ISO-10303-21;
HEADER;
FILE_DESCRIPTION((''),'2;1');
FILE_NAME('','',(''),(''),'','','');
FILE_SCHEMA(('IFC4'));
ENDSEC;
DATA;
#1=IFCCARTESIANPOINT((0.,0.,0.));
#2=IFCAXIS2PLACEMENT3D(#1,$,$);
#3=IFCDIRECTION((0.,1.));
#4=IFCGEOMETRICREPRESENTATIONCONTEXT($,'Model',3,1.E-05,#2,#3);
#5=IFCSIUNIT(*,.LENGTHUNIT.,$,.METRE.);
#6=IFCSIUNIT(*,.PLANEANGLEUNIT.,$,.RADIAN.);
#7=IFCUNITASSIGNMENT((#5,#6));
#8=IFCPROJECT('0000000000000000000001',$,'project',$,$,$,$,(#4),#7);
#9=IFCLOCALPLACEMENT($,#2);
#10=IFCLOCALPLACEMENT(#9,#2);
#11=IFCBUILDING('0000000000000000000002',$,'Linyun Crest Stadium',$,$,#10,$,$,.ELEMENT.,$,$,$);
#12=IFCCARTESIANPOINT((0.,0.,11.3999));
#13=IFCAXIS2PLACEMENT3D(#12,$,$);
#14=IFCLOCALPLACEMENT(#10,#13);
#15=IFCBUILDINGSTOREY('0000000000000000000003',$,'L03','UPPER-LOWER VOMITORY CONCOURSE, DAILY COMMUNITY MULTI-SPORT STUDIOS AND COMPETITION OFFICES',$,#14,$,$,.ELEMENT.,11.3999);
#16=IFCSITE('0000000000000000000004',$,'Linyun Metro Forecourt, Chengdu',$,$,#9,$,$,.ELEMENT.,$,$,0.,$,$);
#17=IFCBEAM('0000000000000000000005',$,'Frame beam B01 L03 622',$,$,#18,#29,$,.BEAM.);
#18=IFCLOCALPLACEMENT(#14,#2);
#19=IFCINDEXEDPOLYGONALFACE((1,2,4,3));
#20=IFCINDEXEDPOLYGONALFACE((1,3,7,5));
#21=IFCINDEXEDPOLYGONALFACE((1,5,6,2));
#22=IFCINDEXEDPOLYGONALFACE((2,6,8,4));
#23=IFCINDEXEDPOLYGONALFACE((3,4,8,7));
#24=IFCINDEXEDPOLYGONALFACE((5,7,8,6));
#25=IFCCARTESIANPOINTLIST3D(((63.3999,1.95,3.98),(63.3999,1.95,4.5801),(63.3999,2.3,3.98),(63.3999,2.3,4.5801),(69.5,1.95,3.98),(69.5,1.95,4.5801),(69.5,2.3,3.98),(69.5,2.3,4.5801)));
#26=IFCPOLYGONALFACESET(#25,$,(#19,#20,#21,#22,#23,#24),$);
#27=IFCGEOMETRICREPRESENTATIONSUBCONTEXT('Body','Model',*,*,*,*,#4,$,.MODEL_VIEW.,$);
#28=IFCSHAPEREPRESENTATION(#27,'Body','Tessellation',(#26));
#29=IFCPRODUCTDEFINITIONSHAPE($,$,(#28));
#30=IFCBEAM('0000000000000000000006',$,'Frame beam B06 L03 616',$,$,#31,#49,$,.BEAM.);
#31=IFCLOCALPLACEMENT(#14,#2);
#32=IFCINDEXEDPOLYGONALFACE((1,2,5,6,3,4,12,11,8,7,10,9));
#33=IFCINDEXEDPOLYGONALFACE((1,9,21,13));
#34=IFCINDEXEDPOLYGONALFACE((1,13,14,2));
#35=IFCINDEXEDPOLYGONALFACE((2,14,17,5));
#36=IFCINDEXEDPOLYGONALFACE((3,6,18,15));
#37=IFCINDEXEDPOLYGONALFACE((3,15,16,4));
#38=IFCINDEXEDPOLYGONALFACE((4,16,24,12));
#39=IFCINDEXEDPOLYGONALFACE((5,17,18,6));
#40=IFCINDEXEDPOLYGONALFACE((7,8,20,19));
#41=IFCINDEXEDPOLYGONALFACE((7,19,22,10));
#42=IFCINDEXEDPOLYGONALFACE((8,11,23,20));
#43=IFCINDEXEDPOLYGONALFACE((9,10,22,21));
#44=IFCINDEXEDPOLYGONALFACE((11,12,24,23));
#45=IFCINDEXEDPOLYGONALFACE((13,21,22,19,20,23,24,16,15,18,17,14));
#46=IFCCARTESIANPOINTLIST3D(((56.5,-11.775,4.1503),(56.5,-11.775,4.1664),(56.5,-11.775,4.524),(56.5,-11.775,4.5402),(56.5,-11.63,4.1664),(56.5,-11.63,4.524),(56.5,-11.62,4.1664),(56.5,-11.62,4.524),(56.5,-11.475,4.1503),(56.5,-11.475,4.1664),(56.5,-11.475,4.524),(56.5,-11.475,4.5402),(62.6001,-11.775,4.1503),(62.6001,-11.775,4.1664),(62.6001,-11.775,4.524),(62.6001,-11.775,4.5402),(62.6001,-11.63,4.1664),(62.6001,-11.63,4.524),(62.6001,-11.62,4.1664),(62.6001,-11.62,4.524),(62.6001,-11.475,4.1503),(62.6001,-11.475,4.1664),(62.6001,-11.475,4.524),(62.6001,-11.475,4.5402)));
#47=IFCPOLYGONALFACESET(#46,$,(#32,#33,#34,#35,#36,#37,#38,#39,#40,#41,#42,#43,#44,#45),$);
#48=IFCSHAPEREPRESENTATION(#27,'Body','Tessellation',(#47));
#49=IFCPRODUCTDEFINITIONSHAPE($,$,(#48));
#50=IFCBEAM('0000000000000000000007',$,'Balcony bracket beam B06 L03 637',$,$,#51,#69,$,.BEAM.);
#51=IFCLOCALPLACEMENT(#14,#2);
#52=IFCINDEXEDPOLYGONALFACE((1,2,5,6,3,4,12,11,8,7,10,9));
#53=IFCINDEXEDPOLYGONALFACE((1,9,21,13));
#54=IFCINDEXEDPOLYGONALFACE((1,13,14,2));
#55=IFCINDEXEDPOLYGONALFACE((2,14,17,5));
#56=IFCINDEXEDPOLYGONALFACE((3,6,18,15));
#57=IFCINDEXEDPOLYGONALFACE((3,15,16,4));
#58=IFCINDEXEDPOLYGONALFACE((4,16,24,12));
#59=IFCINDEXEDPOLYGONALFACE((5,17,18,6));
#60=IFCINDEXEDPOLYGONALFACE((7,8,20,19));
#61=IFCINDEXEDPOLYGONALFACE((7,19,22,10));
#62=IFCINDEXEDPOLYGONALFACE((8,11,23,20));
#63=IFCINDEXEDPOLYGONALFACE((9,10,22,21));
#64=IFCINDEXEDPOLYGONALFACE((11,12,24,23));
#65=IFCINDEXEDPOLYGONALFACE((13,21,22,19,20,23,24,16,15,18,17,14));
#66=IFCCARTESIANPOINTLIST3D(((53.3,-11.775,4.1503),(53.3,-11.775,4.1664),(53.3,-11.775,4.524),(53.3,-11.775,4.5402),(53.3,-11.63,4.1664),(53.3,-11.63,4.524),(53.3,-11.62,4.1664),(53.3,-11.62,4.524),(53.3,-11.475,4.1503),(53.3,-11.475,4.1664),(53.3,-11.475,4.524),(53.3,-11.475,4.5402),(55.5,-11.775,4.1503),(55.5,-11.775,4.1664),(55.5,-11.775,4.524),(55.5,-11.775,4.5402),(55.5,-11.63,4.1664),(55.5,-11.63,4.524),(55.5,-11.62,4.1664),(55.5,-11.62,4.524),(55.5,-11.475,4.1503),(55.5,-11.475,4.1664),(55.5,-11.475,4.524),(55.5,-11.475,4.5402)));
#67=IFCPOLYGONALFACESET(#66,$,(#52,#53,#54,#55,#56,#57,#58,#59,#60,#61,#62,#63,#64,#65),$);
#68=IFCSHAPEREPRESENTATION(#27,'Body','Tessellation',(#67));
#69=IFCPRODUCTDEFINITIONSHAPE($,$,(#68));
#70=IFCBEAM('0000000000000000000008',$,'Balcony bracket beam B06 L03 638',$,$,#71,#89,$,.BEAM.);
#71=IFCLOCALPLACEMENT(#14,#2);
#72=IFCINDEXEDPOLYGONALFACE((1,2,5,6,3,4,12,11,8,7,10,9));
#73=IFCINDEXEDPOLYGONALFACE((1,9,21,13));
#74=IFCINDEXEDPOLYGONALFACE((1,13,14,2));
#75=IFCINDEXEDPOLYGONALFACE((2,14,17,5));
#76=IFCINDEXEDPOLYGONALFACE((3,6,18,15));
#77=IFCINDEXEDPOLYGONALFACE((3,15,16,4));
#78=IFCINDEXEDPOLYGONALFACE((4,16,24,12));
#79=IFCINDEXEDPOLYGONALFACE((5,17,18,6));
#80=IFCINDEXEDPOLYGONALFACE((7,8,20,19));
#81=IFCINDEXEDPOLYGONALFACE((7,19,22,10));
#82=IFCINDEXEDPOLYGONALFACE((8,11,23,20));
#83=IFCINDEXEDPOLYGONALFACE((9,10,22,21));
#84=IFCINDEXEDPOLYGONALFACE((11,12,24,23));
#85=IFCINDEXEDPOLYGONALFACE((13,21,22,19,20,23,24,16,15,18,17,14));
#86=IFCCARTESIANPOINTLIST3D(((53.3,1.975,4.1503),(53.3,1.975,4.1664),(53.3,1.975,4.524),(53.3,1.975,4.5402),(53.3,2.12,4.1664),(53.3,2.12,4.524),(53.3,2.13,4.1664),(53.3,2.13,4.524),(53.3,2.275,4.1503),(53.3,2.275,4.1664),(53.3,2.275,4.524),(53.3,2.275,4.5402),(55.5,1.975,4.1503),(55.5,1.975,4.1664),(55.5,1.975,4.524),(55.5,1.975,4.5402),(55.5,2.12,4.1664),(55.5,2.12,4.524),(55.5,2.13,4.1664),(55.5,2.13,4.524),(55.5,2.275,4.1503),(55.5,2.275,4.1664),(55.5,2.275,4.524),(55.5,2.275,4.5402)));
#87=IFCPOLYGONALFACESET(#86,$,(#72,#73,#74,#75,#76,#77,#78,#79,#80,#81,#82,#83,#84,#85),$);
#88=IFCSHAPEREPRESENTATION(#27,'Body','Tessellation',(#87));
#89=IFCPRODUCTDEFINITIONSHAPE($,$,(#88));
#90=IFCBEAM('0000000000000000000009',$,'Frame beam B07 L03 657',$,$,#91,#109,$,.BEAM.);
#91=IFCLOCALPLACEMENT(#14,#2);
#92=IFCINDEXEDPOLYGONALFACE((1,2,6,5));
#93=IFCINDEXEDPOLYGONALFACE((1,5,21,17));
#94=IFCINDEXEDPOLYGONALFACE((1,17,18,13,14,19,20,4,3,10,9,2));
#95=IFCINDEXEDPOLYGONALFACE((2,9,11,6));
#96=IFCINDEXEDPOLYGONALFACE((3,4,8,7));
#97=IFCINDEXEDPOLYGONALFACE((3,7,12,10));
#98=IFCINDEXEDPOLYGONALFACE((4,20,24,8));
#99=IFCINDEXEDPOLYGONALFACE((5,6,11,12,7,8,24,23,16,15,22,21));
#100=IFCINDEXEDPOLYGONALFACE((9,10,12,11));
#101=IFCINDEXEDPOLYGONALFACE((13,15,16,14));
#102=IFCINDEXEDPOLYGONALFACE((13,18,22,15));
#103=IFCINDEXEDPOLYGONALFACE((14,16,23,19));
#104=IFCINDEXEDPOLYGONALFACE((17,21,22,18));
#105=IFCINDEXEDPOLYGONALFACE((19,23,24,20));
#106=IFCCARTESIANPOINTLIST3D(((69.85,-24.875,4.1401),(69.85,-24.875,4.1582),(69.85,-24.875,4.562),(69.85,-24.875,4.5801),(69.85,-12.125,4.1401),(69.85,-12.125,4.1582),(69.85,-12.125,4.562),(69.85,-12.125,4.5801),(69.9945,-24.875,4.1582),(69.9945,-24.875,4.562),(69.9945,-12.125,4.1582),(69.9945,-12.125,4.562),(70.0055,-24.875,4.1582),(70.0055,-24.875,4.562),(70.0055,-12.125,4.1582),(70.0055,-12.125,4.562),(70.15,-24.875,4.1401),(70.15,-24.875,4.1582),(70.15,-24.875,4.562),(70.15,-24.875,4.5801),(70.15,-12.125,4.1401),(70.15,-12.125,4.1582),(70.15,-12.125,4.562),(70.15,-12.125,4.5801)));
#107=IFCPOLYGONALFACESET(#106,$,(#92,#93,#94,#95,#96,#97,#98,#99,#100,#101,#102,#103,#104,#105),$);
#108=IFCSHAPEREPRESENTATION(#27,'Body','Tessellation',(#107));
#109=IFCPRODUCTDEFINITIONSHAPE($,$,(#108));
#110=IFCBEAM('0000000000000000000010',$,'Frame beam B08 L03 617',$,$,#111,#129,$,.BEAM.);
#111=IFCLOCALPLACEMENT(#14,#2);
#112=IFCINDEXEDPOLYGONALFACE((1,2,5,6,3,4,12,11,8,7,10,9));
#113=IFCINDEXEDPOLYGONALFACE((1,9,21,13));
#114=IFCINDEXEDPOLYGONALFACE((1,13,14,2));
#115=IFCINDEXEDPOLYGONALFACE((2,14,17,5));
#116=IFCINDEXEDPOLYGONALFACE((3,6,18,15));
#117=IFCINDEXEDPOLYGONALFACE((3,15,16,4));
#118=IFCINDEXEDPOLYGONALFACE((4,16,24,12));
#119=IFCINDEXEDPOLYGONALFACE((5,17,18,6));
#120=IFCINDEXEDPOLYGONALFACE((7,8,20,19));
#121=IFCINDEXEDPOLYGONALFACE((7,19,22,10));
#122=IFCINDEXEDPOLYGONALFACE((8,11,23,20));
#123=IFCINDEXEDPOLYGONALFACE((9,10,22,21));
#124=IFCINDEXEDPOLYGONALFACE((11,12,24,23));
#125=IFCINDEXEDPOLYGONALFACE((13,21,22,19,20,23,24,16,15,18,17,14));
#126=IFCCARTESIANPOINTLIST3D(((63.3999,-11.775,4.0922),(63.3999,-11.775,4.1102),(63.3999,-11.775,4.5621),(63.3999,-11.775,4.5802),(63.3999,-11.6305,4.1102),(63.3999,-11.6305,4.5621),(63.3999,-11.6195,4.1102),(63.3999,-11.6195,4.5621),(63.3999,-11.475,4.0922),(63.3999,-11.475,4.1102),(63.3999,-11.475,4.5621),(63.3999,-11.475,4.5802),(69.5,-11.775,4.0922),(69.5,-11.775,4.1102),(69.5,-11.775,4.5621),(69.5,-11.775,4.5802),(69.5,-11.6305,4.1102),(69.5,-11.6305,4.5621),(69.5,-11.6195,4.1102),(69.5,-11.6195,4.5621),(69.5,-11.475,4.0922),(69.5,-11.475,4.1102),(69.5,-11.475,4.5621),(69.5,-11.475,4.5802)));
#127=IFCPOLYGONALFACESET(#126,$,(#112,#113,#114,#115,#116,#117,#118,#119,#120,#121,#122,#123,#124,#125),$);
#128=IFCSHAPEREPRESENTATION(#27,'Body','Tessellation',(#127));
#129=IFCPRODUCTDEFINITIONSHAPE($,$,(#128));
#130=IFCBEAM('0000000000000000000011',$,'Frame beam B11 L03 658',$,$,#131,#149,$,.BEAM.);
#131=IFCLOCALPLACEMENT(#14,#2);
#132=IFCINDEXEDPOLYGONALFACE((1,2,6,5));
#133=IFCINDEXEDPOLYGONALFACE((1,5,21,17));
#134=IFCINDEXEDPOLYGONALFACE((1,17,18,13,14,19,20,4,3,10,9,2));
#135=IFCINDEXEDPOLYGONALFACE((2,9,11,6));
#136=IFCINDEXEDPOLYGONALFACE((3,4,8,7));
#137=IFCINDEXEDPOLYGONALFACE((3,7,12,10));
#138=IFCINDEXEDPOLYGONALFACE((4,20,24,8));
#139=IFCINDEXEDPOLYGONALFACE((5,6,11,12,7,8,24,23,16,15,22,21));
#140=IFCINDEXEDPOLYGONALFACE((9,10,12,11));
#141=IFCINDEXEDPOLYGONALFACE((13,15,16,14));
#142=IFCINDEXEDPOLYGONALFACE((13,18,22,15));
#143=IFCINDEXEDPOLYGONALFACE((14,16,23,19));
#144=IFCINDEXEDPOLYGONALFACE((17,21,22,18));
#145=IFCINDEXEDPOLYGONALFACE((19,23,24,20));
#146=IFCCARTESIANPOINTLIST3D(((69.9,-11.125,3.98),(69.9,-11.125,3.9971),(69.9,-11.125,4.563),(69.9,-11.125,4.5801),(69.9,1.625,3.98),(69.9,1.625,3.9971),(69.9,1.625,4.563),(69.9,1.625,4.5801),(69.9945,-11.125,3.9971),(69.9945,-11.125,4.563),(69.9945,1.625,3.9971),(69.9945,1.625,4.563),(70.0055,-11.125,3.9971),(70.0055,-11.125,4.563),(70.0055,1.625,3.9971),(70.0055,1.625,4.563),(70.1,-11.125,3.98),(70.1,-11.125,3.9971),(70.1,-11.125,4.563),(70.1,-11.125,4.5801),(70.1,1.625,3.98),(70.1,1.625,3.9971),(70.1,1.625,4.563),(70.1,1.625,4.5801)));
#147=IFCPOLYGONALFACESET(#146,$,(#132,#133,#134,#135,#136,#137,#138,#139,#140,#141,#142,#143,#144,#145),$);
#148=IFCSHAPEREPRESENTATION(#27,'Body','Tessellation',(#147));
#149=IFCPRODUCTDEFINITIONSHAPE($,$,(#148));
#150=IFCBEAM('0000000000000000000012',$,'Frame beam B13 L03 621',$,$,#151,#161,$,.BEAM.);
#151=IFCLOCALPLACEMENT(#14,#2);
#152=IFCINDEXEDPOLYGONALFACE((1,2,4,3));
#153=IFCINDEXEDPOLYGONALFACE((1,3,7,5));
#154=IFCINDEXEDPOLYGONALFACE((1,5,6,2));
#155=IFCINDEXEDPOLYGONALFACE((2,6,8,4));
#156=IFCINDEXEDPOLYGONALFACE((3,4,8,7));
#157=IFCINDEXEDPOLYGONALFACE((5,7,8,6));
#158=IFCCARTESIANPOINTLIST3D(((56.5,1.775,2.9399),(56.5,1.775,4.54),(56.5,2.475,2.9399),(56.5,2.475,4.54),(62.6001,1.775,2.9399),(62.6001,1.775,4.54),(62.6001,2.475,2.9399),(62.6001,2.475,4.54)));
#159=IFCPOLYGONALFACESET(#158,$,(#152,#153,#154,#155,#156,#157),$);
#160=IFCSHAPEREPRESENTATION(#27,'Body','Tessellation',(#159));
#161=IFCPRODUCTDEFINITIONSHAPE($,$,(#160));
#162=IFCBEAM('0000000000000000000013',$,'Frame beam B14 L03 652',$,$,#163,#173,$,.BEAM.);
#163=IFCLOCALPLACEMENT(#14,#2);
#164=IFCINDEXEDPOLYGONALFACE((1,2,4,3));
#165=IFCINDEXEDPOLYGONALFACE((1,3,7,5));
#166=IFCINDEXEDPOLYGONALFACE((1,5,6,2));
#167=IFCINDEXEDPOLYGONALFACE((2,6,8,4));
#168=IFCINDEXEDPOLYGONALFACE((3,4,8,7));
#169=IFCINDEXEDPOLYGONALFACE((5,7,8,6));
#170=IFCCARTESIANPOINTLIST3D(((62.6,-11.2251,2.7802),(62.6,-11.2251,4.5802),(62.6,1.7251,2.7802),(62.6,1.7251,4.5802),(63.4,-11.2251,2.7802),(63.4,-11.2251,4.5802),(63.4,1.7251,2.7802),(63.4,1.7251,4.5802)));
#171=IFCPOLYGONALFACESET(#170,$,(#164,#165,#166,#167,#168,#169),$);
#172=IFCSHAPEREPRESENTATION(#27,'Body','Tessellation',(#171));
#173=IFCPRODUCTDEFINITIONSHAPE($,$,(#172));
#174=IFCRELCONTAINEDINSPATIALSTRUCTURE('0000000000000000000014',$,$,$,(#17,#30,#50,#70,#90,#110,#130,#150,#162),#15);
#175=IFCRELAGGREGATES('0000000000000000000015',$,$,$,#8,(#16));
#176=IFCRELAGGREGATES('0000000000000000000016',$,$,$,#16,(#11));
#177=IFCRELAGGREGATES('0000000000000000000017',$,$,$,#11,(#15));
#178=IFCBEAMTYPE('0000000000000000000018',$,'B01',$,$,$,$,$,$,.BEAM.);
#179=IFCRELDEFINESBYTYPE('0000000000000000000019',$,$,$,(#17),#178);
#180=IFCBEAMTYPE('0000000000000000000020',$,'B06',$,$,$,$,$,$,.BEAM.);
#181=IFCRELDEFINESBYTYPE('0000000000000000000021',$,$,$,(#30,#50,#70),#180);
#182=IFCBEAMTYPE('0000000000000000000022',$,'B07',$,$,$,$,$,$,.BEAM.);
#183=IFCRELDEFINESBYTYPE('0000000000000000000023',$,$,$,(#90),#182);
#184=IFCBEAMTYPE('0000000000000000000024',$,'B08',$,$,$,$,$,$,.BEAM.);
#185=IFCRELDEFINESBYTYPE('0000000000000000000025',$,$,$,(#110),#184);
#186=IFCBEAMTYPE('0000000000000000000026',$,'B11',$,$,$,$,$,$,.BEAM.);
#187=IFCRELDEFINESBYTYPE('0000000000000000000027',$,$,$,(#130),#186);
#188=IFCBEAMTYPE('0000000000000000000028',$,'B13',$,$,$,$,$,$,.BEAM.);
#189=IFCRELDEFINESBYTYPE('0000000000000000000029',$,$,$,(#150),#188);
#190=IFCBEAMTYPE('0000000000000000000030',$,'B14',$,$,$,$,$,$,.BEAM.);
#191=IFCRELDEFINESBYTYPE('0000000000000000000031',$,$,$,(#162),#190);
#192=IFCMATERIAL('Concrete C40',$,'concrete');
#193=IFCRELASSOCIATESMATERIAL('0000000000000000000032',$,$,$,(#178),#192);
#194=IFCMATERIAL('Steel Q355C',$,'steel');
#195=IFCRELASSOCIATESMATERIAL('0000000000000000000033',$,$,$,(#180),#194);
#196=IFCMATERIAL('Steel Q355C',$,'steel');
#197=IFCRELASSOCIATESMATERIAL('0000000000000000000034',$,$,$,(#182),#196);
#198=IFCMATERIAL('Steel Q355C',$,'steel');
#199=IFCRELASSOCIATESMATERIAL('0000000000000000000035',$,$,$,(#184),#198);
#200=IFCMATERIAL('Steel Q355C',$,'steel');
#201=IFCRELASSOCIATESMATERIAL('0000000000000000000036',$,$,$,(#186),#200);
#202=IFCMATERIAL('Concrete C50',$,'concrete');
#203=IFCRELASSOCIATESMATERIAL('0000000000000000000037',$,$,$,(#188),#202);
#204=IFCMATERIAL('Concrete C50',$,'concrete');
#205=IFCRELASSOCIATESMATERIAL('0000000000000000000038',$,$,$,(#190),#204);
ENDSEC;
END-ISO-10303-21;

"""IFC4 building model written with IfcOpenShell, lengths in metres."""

from ifc_helpers import new_model, si_unit, direction, frame, origin, origin_2d, place, context, subcontext, project, spatial, rectangle, i_section, extrude, material, material_profile, profile_set, type_object, element, save


model = new_model("IFC4")

# Units and contexts
model_context = context("Model", 3, precision=1e-05, world=origin(), true_north=direction((0.0, 1.0)))
body_context = subcontext(model_context, "Body", "Model", "MODEL_VIEW")
ifc_project = project(units=[si_unit("LENGTHUNIT", "METRE"), si_unit("PLANEANGLEUNIT", "RADIAN")], contexts=[model_context])

# Site, building, storey
site_placement = place(None, origin())
site = spatial("IfcSite", under=ifc_project, at=site_placement, Name="Linyun Metro Forecourt, Chengdu", CompositionType="ELEMENT", RefElevation=0.0)
building_placement = place(site_placement, origin())
building = spatial("IfcBuilding", under=site, at=building_placement, Name="Linyun Crest Stadium", CompositionType="ELEMENT")
storey_placement = place(building_placement, frame((0.0, 0.0, 11.3999)))
storey = spatial("IfcBuildingStorey", under=building, at=storey_placement, Name="L03", Description="UPPER-LOWER VOMITORY CONCOURSE, DAILY COMMUNITY MULTI-SPORT STUDIOS AND COMPETITION OFFICES", CompositionType="ELEMENT", Elevation=11.3999)

# Beams
ifc_material_1 = material(Name="Concrete C40", Category="concrete")
ifc_material_profile_1 = material_profile(ifc_material_1, rectangle(XDim=0.3501, YDim=0.6001, at=origin_2d()), Name="RCB 600x350")
ifc_profile_set_1 = profile_set([ifc_material_profile_1], Name="Concrete C40")
beam_type_1 = type_object("IfcBeamType", Name="B01", PredefinedType="BEAM", material=ifc_profile_set_1)
beam_1_placement = place(storey_placement, frame((63.3999, 2.125, 4.28), z_axis=(1.0, 0.0, 0.0), x_axis=(0.0, 1.0, 0.0)))
element("IfcBeam", 1, at=beam_1_placement, inside=storey, type_object=beam_type_1, Name="Frame beam B01 L03 622", PredefinedType="BEAM", context=body_context, shape_type="SweptSolid", body=[
    extrude(rectangle(XDim=0.3501, YDim=0.6001, at=origin_2d()), origin(), (0.0, 0.0, 1.0), 6.1001),
])
ifc_material_2 = material(Name="Steel Q355C", Category="steel")
ifc_material_profile_2 = material_profile(ifc_material_2, i_section(OverallWidth=0.3, OverallDepth=0.3899, WebThickness=0.01, FlangeThickness=0.0161, at=origin_2d()), Name="HM 390x300")
ifc_profile_set_2 = profile_set([ifc_material_profile_2], Name="Steel Q355C")
beam_type_2 = type_object("IfcBeamType", Name="B06", PredefinedType="BEAM", material=ifc_profile_set_2)
beam_2_placement = place(storey_placement, frame((56.5, -11.625, 4.3452), z_axis=(1.0, 0.0, 0.0), x_axis=(0.0, 1.0, 0.0)))
element("IfcBeam", 2, at=beam_2_placement, inside=storey, type_object=beam_type_2, Name="Frame beam B06 L03 616", PredefinedType="BEAM", context=body_context, shape_type="SweptSolid", body=[
    extrude(i_section(OverallWidth=0.3, OverallDepth=0.3899, WebThickness=0.01, FlangeThickness=0.0161, at=origin_2d()), origin(), (0.0, 0.0, 1.0), 6.1001),
])
for number, where, z_axis, x_axis, name in (
    (3, (55.5, -11.625, 4.3452), (-1.0, 0.0, 0.0), (0.0, -1.0, 0.0), "Balcony bracket beam B06 L03 637"),
    (4, (55.5, 2.125, 4.3452), (-1.0, 0.0, 0.0), (0.0, -1.0, 0.0), "Balcony bracket beam B06 L03 638"),
):
    element("IfcBeam", number, at=place(storey_placement, frame(where, z_axis=z_axis, x_axis=x_axis)), inside=storey, type_object=beam_type_2, Name=name, PredefinedType="BEAM", context=body_context, shape_type="SweptSolid", body=[
        extrude(i_section(OverallWidth=0.3, OverallDepth=0.3899, WebThickness=0.01, FlangeThickness=0.0161, at=origin_2d()), origin(), (0.0, 0.0, 1.0), 2.2),
    ])
ifc_material_3 = material(Name="Steel Q355C", Category="steel")
ifc_material_profile_3 = material_profile(ifc_material_3, i_section(OverallWidth=0.3, OverallDepth=0.4399, WebThickness=0.011, FlangeThickness=0.0181, at=origin_2d()), Name="HM 440x300")
ifc_profile_set_3 = profile_set([ifc_material_profile_3], Name="Steel Q355C")
beam_type_3 = type_object("IfcBeamType", Name="B07", PredefinedType="BEAM", material=ifc_profile_set_3)
beam_3_placement = place(storey_placement, frame((70.0, -24.875, 4.3601), z_axis=(0.0, 1.0, 0.0), x_axis=(-1.0, 0.0, 0.0)))
element("IfcBeam", 5, at=beam_3_placement, inside=storey, type_object=beam_type_3, Name="Frame beam B07 L03 657", PredefinedType="BEAM", context=body_context, shape_type="SweptSolid", body=[
    extrude(i_section(OverallWidth=0.3, OverallDepth=0.4399, WebThickness=0.011, FlangeThickness=0.0181, at=origin_2d()), origin(), (0.0, 0.0, 1.0), 12.75),
])
ifc_material_4 = material(Name="Steel Q355C", Category="steel")
ifc_material_profile_4 = material_profile(ifc_material_4, i_section(OverallWidth=0.3, OverallDepth=0.488, WebThickness=0.011, FlangeThickness=0.0181, at=origin_2d()), Name="HM 488x300")
ifc_profile_set_4 = profile_set([ifc_material_profile_4], Name="Steel Q355C")
beam_type_4 = type_object("IfcBeamType", Name="B08", PredefinedType="BEAM", material=ifc_profile_set_4)
beam_4_placement = place(storey_placement, frame((63.3999, -11.625, 4.3362), z_axis=(1.0, 0.0, 0.0), x_axis=(0.0, 1.0, 0.0)))
element("IfcBeam", 6, at=beam_4_placement, inside=storey, type_object=beam_type_4, Name="Frame beam B08 L03 617", PredefinedType="BEAM", context=body_context, shape_type="SweptSolid", body=[
    extrude(i_section(OverallWidth=0.3, OverallDepth=0.488, WebThickness=0.011, FlangeThickness=0.0181, at=origin_2d()), origin(), (0.0, 0.0, 1.0), 6.1001),
])
ifc_material_5 = material(Name="Steel Q355C", Category="steel")
ifc_material_profile_5 = material_profile(ifc_material_5, i_section(OverallWidth=0.2, OverallDepth=0.6001, WebThickness=0.011, FlangeThickness=0.0171, at=origin_2d()), Name="HN 600x200")
ifc_profile_set_5 = profile_set([ifc_material_profile_5], Name="Steel Q355C")
beam_type_5 = type_object("IfcBeamType", Name="B11", PredefinedType="BEAM", material=ifc_profile_set_5)
beam_5_placement = place(storey_placement, frame((70.0, -11.125, 4.28), z_axis=(0.0, 1.0, 0.0), x_axis=(-1.0, 0.0, 0.0)))
element("IfcBeam", 7, at=beam_5_placement, inside=storey, type_object=beam_type_5, Name="Frame beam B11 L03 658", PredefinedType="BEAM", context=body_context, shape_type="SweptSolid", body=[
    extrude(i_section(OverallWidth=0.2, OverallDepth=0.6001, WebThickness=0.011, FlangeThickness=0.0171, at=origin_2d()), origin(), (0.0, 0.0, 1.0), 12.75),
])
ifc_material_6 = material(Name="Concrete C50", Category="concrete")
ifc_material_profile_6 = material_profile(ifc_material_6, rectangle(XDim=0.7, YDim=1.6001, at=origin_2d()), Name="RCB 1600x700")
ifc_profile_set_6 = profile_set([ifc_material_profile_6], Name="Concrete C50")
beam_type_6 = type_object("IfcBeamType", Name="B13", PredefinedType="BEAM", material=ifc_profile_set_6)
beam_6_placement = place(storey_placement, frame((56.5, 2.125, 3.74), z_axis=(1.0, 0.0, 0.0), x_axis=(0.0, 1.0, 0.0)))
element("IfcBeam", 8, at=beam_6_placement, inside=storey, type_object=beam_type_6, Name="Frame beam B13 L03 621", PredefinedType="BEAM", context=body_context, shape_type="SweptSolid", body=[
    extrude(rectangle(XDim=0.7, YDim=1.6001, at=origin_2d()), origin(), (0.0, 0.0, 1.0), 6.1001),
])
ifc_material_7 = material(Name="Concrete C50", Category="concrete")
ifc_material_profile_7 = material_profile(ifc_material_7, rectangle(XDim=0.8, YDim=1.8, at=origin_2d()), Name="RCB 1800x800")
ifc_profile_set_7 = profile_set([ifc_material_profile_7], Name="Concrete C50")
beam_type_7 = type_object("IfcBeamType", Name="B14", PredefinedType="BEAM", material=ifc_profile_set_7)
beam_7_placement = place(storey_placement, frame((63.0, -11.2251, 3.6802), z_axis=(0.0, 1.0, 0.0), x_axis=(-1.0, 0.0, 0.0)))
element("IfcBeam", 9, at=beam_7_placement, inside=storey, type_object=beam_type_7, Name="Frame beam B14 L03 652", PredefinedType="BEAM", context=body_context, shape_type="SweptSolid", body=[
    extrude(rectangle(XDim=0.8, YDim=1.8, at=origin_2d()), origin(), (0.0, 0.0, 1.0), 12.9502),
])

save(model, "model.ifc")
